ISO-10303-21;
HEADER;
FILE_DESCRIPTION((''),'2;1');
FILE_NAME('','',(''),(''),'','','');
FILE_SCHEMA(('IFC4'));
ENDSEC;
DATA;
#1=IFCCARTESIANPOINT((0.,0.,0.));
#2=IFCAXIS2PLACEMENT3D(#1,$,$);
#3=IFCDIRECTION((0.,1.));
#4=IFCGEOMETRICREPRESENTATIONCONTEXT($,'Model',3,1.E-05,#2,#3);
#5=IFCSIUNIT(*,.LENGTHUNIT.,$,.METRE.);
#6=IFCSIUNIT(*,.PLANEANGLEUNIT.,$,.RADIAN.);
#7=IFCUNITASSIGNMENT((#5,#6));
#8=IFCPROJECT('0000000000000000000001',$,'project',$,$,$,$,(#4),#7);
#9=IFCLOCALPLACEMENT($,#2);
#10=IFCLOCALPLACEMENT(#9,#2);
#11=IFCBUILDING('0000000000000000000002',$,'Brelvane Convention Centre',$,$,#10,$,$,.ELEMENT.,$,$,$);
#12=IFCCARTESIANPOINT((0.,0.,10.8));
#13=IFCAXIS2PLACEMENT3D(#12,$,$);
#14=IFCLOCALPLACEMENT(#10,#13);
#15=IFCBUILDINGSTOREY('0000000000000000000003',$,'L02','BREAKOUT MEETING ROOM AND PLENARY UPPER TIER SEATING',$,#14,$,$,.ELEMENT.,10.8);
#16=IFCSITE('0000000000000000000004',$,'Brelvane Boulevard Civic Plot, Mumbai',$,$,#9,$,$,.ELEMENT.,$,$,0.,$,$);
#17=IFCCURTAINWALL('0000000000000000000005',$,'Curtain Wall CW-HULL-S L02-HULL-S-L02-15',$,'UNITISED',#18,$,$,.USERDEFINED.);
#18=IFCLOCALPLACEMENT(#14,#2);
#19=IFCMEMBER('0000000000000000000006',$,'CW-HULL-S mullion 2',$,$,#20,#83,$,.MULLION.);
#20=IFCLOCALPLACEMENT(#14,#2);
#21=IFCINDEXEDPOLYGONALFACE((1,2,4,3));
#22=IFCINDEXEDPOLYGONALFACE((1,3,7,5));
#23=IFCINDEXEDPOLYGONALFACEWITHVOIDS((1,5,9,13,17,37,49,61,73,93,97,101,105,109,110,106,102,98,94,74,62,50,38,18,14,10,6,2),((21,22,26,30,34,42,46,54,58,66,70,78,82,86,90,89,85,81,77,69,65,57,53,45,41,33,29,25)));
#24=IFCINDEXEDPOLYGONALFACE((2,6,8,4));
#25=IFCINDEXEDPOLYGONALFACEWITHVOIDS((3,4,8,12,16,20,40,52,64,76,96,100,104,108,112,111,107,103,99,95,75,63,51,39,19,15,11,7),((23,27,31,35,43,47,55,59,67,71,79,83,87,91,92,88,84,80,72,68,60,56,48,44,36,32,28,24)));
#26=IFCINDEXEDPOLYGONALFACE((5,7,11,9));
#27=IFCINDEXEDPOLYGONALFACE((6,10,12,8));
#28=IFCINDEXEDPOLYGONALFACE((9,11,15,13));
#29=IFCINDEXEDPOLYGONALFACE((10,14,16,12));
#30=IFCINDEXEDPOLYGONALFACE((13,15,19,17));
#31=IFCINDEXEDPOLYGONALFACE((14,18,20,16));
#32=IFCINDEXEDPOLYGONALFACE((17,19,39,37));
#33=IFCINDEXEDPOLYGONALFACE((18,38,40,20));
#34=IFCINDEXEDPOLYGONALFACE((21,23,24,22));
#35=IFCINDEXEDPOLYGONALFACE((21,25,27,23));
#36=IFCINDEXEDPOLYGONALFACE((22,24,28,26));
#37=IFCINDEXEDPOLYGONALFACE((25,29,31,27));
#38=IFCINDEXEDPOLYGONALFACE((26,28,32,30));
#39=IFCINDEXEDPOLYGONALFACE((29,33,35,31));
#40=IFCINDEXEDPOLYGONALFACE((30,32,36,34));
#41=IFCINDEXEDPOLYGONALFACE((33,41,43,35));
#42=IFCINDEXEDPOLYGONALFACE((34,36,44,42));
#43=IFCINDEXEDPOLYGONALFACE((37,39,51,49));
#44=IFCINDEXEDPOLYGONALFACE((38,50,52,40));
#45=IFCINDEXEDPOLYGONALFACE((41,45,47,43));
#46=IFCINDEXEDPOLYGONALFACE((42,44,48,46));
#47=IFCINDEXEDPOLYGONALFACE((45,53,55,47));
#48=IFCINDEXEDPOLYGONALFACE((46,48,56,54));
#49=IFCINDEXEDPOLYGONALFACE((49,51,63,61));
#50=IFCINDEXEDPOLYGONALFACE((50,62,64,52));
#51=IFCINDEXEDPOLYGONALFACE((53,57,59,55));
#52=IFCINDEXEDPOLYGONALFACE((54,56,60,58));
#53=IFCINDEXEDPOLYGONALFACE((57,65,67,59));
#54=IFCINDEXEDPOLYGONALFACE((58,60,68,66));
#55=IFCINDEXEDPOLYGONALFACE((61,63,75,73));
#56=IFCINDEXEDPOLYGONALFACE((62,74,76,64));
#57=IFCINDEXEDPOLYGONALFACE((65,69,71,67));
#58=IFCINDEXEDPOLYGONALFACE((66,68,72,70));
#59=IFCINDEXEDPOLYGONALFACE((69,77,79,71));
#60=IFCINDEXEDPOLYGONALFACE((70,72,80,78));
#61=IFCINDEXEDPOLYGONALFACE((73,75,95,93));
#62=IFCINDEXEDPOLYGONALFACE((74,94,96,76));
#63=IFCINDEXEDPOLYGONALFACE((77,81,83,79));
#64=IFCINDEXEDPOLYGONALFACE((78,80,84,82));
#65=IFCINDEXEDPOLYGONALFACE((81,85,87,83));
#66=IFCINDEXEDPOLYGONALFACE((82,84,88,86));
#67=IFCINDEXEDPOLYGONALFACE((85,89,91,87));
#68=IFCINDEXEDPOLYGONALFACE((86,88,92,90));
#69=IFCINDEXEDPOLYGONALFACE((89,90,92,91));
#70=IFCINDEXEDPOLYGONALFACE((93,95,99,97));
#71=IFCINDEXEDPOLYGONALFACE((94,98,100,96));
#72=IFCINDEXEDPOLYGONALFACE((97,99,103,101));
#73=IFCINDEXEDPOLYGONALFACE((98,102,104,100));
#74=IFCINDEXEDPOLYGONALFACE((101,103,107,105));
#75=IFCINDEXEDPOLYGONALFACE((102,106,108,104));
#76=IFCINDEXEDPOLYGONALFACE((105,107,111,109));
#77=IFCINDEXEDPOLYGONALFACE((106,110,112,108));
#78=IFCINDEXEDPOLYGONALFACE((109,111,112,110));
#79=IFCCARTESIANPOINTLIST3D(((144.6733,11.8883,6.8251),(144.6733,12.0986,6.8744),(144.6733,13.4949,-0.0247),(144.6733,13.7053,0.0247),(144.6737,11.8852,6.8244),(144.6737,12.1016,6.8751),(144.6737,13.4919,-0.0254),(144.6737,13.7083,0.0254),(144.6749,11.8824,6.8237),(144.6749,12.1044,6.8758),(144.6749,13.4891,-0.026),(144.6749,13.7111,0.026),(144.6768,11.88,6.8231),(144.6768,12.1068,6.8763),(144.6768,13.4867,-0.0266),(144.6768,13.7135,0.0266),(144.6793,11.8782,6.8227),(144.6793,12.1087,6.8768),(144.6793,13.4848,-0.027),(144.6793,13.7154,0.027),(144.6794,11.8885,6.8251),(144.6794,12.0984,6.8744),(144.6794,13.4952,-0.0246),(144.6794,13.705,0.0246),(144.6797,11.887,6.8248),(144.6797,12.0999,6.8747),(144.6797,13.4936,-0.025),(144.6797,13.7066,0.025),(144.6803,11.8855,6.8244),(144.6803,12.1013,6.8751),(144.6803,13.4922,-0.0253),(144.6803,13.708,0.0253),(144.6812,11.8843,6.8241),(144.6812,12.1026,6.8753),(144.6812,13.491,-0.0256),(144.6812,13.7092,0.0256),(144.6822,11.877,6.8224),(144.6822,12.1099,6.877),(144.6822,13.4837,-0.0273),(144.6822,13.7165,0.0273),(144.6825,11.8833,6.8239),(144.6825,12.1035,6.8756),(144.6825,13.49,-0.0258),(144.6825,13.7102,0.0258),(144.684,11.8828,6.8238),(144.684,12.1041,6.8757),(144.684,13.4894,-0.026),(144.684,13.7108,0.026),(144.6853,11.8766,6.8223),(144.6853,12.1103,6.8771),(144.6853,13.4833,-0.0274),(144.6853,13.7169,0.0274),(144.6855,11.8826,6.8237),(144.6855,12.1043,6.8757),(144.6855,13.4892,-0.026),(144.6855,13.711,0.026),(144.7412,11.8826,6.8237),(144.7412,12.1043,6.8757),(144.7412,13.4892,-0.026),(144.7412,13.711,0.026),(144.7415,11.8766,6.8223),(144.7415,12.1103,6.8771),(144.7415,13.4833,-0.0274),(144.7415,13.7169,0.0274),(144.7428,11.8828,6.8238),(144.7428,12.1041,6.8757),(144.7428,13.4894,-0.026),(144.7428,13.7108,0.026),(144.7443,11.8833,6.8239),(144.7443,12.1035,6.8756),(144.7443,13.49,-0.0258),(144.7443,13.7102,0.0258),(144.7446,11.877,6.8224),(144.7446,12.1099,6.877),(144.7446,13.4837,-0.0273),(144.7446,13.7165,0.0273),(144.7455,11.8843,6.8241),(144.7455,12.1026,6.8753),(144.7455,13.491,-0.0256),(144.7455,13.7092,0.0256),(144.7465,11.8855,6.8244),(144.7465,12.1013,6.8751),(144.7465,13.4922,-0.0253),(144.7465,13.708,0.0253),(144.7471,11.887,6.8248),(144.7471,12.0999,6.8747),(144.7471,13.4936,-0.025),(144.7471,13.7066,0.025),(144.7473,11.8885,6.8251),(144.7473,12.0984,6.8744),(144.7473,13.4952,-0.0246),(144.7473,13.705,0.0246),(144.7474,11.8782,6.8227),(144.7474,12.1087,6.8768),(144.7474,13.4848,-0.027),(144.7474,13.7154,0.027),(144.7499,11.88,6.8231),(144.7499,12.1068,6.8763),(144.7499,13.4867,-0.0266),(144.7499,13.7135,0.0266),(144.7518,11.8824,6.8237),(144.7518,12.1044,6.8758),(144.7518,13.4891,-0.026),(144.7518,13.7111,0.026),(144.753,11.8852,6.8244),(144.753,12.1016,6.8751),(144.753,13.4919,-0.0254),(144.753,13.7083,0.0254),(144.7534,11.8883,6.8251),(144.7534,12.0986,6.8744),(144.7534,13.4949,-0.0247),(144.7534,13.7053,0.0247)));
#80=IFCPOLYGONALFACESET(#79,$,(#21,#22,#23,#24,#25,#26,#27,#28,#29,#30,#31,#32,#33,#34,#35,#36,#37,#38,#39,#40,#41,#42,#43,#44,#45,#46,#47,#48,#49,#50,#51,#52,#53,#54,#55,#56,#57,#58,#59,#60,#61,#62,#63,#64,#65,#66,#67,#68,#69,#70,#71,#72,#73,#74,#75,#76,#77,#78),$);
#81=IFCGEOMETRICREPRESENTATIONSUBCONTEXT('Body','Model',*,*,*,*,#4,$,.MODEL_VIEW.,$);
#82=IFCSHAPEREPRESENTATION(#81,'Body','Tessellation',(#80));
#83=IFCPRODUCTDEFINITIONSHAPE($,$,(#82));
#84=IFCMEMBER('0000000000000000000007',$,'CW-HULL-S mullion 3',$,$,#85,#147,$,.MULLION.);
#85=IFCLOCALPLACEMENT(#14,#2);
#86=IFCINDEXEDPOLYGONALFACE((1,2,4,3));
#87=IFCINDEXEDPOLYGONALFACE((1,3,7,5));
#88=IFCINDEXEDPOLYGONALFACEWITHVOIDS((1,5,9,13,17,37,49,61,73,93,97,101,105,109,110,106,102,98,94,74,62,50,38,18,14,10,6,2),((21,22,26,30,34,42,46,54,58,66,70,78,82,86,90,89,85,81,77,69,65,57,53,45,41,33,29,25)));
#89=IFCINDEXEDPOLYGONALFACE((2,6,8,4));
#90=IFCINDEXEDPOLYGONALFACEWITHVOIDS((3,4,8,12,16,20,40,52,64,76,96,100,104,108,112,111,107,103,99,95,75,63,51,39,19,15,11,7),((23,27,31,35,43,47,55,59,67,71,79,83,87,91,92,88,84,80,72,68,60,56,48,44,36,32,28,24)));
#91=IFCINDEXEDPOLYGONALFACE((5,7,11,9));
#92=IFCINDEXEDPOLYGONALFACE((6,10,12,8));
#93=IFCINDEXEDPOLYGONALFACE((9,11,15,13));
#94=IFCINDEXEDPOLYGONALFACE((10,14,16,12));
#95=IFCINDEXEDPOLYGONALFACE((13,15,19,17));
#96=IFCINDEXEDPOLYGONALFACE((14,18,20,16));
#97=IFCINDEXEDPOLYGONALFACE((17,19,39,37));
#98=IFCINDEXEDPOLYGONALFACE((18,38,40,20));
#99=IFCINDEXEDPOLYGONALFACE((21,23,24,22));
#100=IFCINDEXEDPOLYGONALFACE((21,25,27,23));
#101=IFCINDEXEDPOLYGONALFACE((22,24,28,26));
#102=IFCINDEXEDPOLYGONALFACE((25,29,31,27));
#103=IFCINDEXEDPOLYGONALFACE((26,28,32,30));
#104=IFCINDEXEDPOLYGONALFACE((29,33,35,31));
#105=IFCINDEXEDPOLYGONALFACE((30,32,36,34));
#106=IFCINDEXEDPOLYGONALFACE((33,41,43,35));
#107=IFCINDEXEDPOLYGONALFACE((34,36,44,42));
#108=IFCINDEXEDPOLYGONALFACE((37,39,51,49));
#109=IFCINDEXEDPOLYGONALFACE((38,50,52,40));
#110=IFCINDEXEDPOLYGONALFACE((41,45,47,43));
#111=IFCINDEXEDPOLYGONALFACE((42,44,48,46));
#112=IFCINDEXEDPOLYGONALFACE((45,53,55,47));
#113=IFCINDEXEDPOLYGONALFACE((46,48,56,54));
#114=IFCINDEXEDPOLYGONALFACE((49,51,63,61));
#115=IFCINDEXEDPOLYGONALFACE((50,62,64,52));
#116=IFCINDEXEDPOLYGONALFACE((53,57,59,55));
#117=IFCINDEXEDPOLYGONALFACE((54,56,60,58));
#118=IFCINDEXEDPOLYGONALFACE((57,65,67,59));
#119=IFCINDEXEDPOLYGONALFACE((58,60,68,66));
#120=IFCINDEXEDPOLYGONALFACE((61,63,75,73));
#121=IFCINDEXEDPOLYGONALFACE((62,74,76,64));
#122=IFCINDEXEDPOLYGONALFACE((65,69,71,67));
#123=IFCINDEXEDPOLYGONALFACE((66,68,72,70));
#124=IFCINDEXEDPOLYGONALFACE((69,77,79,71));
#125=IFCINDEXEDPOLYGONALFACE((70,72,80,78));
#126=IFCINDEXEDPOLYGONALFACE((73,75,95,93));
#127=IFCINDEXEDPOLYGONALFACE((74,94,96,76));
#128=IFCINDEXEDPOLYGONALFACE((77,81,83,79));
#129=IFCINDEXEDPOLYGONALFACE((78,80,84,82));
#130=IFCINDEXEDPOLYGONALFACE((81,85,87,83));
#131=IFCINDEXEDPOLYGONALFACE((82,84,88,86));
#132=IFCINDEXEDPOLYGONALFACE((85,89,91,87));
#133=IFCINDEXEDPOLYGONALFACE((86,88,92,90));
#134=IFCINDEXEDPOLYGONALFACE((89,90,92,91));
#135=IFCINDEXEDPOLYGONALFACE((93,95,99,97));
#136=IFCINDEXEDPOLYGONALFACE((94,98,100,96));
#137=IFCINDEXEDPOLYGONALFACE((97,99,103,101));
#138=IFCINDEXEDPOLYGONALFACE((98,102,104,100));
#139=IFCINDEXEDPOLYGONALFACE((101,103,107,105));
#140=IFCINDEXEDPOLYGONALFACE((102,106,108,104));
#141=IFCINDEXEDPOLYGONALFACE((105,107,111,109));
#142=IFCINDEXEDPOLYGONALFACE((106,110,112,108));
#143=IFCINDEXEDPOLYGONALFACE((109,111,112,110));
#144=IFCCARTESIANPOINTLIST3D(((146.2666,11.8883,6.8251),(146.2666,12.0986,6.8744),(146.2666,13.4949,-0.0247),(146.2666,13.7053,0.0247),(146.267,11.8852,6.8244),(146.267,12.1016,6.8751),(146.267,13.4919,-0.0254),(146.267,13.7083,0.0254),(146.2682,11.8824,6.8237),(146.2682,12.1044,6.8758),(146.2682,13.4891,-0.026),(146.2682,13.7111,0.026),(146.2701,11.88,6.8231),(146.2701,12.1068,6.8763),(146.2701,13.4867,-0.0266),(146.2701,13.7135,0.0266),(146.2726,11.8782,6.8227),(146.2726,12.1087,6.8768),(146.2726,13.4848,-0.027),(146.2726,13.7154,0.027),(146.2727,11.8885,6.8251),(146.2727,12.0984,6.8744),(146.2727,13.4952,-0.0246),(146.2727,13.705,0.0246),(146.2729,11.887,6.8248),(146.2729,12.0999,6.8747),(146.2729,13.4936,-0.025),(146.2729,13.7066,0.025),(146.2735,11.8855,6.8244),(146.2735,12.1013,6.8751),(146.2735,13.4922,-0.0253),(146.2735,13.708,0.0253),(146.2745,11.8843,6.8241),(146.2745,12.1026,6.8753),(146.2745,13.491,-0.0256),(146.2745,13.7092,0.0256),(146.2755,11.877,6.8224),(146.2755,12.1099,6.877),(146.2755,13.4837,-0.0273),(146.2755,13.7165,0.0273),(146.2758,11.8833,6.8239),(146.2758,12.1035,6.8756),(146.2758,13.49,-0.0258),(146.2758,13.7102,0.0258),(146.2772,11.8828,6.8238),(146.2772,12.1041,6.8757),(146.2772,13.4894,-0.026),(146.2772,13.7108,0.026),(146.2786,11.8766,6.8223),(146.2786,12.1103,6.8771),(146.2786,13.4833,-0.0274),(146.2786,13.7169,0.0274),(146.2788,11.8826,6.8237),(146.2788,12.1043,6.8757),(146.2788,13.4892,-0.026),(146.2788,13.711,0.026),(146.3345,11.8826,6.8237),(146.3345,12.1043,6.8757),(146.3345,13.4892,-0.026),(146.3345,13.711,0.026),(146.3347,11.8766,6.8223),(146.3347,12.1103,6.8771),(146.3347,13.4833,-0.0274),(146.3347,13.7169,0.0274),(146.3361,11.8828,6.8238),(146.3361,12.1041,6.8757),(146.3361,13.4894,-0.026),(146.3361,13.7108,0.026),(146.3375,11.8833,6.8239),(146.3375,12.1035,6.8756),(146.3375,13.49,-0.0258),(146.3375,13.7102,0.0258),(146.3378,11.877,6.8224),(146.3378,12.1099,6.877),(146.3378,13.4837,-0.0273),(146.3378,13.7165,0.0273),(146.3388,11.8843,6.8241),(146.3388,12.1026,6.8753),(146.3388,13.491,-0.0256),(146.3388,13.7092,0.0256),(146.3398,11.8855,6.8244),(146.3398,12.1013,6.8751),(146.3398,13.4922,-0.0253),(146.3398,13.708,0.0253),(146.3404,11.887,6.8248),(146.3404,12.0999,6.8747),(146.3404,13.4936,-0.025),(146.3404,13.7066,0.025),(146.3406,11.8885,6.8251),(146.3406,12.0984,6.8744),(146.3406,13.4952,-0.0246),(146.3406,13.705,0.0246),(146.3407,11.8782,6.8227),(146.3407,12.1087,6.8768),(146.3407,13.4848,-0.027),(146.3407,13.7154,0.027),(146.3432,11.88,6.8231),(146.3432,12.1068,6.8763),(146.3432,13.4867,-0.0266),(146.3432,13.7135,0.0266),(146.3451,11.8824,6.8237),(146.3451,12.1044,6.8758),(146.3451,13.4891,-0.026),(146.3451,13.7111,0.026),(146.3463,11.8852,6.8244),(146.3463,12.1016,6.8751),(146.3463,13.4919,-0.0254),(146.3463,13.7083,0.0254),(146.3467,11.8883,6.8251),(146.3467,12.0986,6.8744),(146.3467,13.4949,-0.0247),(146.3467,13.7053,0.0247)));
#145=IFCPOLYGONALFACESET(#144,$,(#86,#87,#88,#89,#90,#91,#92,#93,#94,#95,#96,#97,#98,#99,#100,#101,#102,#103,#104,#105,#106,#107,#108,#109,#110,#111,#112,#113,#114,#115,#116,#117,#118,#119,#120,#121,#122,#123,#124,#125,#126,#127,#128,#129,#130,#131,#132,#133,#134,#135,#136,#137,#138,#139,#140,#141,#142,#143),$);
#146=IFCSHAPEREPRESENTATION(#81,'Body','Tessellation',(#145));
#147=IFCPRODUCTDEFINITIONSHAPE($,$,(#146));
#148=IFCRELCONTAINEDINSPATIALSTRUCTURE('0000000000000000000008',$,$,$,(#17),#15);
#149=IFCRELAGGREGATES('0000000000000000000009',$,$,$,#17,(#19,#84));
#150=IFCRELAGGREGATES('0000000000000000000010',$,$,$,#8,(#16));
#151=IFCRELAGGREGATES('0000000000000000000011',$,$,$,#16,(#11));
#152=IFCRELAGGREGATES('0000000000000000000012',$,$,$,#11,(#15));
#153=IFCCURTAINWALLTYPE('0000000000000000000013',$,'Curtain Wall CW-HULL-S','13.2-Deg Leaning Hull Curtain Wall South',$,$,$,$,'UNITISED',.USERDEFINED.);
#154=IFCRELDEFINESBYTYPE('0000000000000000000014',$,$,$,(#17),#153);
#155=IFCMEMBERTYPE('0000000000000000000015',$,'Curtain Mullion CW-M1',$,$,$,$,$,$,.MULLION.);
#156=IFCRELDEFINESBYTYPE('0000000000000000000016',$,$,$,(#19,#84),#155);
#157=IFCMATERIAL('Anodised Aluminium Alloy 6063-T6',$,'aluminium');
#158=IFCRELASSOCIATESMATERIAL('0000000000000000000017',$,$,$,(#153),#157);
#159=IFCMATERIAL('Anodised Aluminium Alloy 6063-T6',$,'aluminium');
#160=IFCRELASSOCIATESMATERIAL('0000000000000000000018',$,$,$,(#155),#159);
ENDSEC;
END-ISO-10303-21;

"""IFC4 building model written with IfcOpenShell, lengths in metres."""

from ifc_helpers import new_model, si_unit, direction, frame, origin, origin_2d, place, context, subcontext, project, spatial, hollow_rectangle, extrude, material, material_profile, profile_set, type_object, element, aggregate, save


model = new_model("IFC4")

# Units and contexts
model_context = context("Model", 3, precision=1e-05, world=origin(), true_north=direction((0.0, 1.0)))
body_context = subcontext(model_context, "Body", "Model", "MODEL_VIEW")
ifc_project = project(units=[si_unit("LENGTHUNIT", "METRE"), si_unit("PLANEANGLEUNIT", "RADIAN")], contexts=[model_context])

# Site, building, storey
site_placement = place(None, origin())
site = spatial("IfcSite", under=ifc_project, at=site_placement, Name="Brelvane Boulevard Civic Plot, Mumbai", CompositionType="ELEMENT", RefElevation=0.0)
building_placement = place(site_placement, origin())
building = spatial("IfcBuilding", under=site, at=building_placement, Name="Brelvane Convention Centre", CompositionType="ELEMENT")
storey_placement = place(building_placement, frame((0.0, 0.0, 10.8)))
storey = spatial("IfcBuildingStorey", under=building, at=storey_placement, Name="L02", Description="BREAKOUT MEETING ROOM AND PLENARY UPPER TIER SEATING", CompositionType="ELEMENT", Elevation=10.8)

# Curtain wall, members
ifc_material_1 = material(Name="Anodised Aluminium Alloy 6063-T6", Category="aluminium")
curtain_wall_type_1 = type_object("IfcCurtainWallType", Name="Curtain Wall CW-HULL-S", Description="13.2-Deg Leaning Hull Curtain Wall South", ElementType="UNITISED", PredefinedType="USERDEFINED", material=ifc_material_1)
curtain_wall_1_placement = place(storey_placement, origin())
curtain_wall_1 = element("IfcCurtainWall", 1, at=curtain_wall_1_placement, inside=storey, type_object=curtain_wall_type_1, Name="Curtain Wall CW-HULL-S L02-HULL-S-L02-15", ObjectType="UNITISED", PredefinedType="USERDEFINED")
ifc_material_2 = material(Name="Anodised Aluminium Alloy 6063-T6", Category="aluminium")
ifc_material_profile_1 = material_profile(ifc_material_2, hollow_rectangle(XDim=0.0801, YDim=0.24, WallThickness=0.0061, InnerFilletRadius=0.0061, OuterFilletRadius=0.012, at=origin_2d()), Name="ALU-M 240x80x6.0")
ifc_profile_set_1 = profile_set([ifc_material_profile_1], Name="Anodised Aluminium Alloy 6063-T6")
member_type_1 = type_object("IfcMemberType", Name="Curtain Mullion CW-M1", PredefinedType="MULLION", material=ifc_profile_set_1)
member_1_placement = place(storey_placement, frame((144.7134, 13.6001, 0.0), z_axis=(0.0, -0.22836, 0.973577), x_axis=(1.0, 0.0, 0.0)))
member_1 = element("IfcMember", 2, at=member_1_placement, type_object=member_type_1, Name="CW-HULL-S mullion 2", PredefinedType="MULLION", context=body_context, shape_type="SweptSolid", body=[
    extrude(hollow_rectangle(XDim=0.0801, YDim=0.24, WallThickness=0.0061, InnerFilletRadius=0.0061, OuterFilletRadius=0.012, at=origin_2d()), origin(), (0.0, 0.0, 1.0), 7.0356),
])
member_2_placement = place(storey_placement, frame((146.3066, 13.6001, 0.0), z_axis=(0.0, -0.22836, 0.973577), x_axis=(1.0, 0.0, 0.0)))
member_2 = element("IfcMember", 3, at=member_2_placement, type_object=member_type_1, Name="CW-HULL-S mullion 3", PredefinedType="MULLION", context=body_context, shape_type="SweptSolid", body=[
    extrude(hollow_rectangle(XDim=0.0801, YDim=0.24, WallThickness=0.0061, InnerFilletRadius=0.0061, OuterFilletRadius=0.012, at=origin_2d()), origin(), (0.0, 0.0, 1.0), 7.0356),
])
aggregate(curtain_wall_1, [member_1, member_2])

save(model, "model.ifc")
